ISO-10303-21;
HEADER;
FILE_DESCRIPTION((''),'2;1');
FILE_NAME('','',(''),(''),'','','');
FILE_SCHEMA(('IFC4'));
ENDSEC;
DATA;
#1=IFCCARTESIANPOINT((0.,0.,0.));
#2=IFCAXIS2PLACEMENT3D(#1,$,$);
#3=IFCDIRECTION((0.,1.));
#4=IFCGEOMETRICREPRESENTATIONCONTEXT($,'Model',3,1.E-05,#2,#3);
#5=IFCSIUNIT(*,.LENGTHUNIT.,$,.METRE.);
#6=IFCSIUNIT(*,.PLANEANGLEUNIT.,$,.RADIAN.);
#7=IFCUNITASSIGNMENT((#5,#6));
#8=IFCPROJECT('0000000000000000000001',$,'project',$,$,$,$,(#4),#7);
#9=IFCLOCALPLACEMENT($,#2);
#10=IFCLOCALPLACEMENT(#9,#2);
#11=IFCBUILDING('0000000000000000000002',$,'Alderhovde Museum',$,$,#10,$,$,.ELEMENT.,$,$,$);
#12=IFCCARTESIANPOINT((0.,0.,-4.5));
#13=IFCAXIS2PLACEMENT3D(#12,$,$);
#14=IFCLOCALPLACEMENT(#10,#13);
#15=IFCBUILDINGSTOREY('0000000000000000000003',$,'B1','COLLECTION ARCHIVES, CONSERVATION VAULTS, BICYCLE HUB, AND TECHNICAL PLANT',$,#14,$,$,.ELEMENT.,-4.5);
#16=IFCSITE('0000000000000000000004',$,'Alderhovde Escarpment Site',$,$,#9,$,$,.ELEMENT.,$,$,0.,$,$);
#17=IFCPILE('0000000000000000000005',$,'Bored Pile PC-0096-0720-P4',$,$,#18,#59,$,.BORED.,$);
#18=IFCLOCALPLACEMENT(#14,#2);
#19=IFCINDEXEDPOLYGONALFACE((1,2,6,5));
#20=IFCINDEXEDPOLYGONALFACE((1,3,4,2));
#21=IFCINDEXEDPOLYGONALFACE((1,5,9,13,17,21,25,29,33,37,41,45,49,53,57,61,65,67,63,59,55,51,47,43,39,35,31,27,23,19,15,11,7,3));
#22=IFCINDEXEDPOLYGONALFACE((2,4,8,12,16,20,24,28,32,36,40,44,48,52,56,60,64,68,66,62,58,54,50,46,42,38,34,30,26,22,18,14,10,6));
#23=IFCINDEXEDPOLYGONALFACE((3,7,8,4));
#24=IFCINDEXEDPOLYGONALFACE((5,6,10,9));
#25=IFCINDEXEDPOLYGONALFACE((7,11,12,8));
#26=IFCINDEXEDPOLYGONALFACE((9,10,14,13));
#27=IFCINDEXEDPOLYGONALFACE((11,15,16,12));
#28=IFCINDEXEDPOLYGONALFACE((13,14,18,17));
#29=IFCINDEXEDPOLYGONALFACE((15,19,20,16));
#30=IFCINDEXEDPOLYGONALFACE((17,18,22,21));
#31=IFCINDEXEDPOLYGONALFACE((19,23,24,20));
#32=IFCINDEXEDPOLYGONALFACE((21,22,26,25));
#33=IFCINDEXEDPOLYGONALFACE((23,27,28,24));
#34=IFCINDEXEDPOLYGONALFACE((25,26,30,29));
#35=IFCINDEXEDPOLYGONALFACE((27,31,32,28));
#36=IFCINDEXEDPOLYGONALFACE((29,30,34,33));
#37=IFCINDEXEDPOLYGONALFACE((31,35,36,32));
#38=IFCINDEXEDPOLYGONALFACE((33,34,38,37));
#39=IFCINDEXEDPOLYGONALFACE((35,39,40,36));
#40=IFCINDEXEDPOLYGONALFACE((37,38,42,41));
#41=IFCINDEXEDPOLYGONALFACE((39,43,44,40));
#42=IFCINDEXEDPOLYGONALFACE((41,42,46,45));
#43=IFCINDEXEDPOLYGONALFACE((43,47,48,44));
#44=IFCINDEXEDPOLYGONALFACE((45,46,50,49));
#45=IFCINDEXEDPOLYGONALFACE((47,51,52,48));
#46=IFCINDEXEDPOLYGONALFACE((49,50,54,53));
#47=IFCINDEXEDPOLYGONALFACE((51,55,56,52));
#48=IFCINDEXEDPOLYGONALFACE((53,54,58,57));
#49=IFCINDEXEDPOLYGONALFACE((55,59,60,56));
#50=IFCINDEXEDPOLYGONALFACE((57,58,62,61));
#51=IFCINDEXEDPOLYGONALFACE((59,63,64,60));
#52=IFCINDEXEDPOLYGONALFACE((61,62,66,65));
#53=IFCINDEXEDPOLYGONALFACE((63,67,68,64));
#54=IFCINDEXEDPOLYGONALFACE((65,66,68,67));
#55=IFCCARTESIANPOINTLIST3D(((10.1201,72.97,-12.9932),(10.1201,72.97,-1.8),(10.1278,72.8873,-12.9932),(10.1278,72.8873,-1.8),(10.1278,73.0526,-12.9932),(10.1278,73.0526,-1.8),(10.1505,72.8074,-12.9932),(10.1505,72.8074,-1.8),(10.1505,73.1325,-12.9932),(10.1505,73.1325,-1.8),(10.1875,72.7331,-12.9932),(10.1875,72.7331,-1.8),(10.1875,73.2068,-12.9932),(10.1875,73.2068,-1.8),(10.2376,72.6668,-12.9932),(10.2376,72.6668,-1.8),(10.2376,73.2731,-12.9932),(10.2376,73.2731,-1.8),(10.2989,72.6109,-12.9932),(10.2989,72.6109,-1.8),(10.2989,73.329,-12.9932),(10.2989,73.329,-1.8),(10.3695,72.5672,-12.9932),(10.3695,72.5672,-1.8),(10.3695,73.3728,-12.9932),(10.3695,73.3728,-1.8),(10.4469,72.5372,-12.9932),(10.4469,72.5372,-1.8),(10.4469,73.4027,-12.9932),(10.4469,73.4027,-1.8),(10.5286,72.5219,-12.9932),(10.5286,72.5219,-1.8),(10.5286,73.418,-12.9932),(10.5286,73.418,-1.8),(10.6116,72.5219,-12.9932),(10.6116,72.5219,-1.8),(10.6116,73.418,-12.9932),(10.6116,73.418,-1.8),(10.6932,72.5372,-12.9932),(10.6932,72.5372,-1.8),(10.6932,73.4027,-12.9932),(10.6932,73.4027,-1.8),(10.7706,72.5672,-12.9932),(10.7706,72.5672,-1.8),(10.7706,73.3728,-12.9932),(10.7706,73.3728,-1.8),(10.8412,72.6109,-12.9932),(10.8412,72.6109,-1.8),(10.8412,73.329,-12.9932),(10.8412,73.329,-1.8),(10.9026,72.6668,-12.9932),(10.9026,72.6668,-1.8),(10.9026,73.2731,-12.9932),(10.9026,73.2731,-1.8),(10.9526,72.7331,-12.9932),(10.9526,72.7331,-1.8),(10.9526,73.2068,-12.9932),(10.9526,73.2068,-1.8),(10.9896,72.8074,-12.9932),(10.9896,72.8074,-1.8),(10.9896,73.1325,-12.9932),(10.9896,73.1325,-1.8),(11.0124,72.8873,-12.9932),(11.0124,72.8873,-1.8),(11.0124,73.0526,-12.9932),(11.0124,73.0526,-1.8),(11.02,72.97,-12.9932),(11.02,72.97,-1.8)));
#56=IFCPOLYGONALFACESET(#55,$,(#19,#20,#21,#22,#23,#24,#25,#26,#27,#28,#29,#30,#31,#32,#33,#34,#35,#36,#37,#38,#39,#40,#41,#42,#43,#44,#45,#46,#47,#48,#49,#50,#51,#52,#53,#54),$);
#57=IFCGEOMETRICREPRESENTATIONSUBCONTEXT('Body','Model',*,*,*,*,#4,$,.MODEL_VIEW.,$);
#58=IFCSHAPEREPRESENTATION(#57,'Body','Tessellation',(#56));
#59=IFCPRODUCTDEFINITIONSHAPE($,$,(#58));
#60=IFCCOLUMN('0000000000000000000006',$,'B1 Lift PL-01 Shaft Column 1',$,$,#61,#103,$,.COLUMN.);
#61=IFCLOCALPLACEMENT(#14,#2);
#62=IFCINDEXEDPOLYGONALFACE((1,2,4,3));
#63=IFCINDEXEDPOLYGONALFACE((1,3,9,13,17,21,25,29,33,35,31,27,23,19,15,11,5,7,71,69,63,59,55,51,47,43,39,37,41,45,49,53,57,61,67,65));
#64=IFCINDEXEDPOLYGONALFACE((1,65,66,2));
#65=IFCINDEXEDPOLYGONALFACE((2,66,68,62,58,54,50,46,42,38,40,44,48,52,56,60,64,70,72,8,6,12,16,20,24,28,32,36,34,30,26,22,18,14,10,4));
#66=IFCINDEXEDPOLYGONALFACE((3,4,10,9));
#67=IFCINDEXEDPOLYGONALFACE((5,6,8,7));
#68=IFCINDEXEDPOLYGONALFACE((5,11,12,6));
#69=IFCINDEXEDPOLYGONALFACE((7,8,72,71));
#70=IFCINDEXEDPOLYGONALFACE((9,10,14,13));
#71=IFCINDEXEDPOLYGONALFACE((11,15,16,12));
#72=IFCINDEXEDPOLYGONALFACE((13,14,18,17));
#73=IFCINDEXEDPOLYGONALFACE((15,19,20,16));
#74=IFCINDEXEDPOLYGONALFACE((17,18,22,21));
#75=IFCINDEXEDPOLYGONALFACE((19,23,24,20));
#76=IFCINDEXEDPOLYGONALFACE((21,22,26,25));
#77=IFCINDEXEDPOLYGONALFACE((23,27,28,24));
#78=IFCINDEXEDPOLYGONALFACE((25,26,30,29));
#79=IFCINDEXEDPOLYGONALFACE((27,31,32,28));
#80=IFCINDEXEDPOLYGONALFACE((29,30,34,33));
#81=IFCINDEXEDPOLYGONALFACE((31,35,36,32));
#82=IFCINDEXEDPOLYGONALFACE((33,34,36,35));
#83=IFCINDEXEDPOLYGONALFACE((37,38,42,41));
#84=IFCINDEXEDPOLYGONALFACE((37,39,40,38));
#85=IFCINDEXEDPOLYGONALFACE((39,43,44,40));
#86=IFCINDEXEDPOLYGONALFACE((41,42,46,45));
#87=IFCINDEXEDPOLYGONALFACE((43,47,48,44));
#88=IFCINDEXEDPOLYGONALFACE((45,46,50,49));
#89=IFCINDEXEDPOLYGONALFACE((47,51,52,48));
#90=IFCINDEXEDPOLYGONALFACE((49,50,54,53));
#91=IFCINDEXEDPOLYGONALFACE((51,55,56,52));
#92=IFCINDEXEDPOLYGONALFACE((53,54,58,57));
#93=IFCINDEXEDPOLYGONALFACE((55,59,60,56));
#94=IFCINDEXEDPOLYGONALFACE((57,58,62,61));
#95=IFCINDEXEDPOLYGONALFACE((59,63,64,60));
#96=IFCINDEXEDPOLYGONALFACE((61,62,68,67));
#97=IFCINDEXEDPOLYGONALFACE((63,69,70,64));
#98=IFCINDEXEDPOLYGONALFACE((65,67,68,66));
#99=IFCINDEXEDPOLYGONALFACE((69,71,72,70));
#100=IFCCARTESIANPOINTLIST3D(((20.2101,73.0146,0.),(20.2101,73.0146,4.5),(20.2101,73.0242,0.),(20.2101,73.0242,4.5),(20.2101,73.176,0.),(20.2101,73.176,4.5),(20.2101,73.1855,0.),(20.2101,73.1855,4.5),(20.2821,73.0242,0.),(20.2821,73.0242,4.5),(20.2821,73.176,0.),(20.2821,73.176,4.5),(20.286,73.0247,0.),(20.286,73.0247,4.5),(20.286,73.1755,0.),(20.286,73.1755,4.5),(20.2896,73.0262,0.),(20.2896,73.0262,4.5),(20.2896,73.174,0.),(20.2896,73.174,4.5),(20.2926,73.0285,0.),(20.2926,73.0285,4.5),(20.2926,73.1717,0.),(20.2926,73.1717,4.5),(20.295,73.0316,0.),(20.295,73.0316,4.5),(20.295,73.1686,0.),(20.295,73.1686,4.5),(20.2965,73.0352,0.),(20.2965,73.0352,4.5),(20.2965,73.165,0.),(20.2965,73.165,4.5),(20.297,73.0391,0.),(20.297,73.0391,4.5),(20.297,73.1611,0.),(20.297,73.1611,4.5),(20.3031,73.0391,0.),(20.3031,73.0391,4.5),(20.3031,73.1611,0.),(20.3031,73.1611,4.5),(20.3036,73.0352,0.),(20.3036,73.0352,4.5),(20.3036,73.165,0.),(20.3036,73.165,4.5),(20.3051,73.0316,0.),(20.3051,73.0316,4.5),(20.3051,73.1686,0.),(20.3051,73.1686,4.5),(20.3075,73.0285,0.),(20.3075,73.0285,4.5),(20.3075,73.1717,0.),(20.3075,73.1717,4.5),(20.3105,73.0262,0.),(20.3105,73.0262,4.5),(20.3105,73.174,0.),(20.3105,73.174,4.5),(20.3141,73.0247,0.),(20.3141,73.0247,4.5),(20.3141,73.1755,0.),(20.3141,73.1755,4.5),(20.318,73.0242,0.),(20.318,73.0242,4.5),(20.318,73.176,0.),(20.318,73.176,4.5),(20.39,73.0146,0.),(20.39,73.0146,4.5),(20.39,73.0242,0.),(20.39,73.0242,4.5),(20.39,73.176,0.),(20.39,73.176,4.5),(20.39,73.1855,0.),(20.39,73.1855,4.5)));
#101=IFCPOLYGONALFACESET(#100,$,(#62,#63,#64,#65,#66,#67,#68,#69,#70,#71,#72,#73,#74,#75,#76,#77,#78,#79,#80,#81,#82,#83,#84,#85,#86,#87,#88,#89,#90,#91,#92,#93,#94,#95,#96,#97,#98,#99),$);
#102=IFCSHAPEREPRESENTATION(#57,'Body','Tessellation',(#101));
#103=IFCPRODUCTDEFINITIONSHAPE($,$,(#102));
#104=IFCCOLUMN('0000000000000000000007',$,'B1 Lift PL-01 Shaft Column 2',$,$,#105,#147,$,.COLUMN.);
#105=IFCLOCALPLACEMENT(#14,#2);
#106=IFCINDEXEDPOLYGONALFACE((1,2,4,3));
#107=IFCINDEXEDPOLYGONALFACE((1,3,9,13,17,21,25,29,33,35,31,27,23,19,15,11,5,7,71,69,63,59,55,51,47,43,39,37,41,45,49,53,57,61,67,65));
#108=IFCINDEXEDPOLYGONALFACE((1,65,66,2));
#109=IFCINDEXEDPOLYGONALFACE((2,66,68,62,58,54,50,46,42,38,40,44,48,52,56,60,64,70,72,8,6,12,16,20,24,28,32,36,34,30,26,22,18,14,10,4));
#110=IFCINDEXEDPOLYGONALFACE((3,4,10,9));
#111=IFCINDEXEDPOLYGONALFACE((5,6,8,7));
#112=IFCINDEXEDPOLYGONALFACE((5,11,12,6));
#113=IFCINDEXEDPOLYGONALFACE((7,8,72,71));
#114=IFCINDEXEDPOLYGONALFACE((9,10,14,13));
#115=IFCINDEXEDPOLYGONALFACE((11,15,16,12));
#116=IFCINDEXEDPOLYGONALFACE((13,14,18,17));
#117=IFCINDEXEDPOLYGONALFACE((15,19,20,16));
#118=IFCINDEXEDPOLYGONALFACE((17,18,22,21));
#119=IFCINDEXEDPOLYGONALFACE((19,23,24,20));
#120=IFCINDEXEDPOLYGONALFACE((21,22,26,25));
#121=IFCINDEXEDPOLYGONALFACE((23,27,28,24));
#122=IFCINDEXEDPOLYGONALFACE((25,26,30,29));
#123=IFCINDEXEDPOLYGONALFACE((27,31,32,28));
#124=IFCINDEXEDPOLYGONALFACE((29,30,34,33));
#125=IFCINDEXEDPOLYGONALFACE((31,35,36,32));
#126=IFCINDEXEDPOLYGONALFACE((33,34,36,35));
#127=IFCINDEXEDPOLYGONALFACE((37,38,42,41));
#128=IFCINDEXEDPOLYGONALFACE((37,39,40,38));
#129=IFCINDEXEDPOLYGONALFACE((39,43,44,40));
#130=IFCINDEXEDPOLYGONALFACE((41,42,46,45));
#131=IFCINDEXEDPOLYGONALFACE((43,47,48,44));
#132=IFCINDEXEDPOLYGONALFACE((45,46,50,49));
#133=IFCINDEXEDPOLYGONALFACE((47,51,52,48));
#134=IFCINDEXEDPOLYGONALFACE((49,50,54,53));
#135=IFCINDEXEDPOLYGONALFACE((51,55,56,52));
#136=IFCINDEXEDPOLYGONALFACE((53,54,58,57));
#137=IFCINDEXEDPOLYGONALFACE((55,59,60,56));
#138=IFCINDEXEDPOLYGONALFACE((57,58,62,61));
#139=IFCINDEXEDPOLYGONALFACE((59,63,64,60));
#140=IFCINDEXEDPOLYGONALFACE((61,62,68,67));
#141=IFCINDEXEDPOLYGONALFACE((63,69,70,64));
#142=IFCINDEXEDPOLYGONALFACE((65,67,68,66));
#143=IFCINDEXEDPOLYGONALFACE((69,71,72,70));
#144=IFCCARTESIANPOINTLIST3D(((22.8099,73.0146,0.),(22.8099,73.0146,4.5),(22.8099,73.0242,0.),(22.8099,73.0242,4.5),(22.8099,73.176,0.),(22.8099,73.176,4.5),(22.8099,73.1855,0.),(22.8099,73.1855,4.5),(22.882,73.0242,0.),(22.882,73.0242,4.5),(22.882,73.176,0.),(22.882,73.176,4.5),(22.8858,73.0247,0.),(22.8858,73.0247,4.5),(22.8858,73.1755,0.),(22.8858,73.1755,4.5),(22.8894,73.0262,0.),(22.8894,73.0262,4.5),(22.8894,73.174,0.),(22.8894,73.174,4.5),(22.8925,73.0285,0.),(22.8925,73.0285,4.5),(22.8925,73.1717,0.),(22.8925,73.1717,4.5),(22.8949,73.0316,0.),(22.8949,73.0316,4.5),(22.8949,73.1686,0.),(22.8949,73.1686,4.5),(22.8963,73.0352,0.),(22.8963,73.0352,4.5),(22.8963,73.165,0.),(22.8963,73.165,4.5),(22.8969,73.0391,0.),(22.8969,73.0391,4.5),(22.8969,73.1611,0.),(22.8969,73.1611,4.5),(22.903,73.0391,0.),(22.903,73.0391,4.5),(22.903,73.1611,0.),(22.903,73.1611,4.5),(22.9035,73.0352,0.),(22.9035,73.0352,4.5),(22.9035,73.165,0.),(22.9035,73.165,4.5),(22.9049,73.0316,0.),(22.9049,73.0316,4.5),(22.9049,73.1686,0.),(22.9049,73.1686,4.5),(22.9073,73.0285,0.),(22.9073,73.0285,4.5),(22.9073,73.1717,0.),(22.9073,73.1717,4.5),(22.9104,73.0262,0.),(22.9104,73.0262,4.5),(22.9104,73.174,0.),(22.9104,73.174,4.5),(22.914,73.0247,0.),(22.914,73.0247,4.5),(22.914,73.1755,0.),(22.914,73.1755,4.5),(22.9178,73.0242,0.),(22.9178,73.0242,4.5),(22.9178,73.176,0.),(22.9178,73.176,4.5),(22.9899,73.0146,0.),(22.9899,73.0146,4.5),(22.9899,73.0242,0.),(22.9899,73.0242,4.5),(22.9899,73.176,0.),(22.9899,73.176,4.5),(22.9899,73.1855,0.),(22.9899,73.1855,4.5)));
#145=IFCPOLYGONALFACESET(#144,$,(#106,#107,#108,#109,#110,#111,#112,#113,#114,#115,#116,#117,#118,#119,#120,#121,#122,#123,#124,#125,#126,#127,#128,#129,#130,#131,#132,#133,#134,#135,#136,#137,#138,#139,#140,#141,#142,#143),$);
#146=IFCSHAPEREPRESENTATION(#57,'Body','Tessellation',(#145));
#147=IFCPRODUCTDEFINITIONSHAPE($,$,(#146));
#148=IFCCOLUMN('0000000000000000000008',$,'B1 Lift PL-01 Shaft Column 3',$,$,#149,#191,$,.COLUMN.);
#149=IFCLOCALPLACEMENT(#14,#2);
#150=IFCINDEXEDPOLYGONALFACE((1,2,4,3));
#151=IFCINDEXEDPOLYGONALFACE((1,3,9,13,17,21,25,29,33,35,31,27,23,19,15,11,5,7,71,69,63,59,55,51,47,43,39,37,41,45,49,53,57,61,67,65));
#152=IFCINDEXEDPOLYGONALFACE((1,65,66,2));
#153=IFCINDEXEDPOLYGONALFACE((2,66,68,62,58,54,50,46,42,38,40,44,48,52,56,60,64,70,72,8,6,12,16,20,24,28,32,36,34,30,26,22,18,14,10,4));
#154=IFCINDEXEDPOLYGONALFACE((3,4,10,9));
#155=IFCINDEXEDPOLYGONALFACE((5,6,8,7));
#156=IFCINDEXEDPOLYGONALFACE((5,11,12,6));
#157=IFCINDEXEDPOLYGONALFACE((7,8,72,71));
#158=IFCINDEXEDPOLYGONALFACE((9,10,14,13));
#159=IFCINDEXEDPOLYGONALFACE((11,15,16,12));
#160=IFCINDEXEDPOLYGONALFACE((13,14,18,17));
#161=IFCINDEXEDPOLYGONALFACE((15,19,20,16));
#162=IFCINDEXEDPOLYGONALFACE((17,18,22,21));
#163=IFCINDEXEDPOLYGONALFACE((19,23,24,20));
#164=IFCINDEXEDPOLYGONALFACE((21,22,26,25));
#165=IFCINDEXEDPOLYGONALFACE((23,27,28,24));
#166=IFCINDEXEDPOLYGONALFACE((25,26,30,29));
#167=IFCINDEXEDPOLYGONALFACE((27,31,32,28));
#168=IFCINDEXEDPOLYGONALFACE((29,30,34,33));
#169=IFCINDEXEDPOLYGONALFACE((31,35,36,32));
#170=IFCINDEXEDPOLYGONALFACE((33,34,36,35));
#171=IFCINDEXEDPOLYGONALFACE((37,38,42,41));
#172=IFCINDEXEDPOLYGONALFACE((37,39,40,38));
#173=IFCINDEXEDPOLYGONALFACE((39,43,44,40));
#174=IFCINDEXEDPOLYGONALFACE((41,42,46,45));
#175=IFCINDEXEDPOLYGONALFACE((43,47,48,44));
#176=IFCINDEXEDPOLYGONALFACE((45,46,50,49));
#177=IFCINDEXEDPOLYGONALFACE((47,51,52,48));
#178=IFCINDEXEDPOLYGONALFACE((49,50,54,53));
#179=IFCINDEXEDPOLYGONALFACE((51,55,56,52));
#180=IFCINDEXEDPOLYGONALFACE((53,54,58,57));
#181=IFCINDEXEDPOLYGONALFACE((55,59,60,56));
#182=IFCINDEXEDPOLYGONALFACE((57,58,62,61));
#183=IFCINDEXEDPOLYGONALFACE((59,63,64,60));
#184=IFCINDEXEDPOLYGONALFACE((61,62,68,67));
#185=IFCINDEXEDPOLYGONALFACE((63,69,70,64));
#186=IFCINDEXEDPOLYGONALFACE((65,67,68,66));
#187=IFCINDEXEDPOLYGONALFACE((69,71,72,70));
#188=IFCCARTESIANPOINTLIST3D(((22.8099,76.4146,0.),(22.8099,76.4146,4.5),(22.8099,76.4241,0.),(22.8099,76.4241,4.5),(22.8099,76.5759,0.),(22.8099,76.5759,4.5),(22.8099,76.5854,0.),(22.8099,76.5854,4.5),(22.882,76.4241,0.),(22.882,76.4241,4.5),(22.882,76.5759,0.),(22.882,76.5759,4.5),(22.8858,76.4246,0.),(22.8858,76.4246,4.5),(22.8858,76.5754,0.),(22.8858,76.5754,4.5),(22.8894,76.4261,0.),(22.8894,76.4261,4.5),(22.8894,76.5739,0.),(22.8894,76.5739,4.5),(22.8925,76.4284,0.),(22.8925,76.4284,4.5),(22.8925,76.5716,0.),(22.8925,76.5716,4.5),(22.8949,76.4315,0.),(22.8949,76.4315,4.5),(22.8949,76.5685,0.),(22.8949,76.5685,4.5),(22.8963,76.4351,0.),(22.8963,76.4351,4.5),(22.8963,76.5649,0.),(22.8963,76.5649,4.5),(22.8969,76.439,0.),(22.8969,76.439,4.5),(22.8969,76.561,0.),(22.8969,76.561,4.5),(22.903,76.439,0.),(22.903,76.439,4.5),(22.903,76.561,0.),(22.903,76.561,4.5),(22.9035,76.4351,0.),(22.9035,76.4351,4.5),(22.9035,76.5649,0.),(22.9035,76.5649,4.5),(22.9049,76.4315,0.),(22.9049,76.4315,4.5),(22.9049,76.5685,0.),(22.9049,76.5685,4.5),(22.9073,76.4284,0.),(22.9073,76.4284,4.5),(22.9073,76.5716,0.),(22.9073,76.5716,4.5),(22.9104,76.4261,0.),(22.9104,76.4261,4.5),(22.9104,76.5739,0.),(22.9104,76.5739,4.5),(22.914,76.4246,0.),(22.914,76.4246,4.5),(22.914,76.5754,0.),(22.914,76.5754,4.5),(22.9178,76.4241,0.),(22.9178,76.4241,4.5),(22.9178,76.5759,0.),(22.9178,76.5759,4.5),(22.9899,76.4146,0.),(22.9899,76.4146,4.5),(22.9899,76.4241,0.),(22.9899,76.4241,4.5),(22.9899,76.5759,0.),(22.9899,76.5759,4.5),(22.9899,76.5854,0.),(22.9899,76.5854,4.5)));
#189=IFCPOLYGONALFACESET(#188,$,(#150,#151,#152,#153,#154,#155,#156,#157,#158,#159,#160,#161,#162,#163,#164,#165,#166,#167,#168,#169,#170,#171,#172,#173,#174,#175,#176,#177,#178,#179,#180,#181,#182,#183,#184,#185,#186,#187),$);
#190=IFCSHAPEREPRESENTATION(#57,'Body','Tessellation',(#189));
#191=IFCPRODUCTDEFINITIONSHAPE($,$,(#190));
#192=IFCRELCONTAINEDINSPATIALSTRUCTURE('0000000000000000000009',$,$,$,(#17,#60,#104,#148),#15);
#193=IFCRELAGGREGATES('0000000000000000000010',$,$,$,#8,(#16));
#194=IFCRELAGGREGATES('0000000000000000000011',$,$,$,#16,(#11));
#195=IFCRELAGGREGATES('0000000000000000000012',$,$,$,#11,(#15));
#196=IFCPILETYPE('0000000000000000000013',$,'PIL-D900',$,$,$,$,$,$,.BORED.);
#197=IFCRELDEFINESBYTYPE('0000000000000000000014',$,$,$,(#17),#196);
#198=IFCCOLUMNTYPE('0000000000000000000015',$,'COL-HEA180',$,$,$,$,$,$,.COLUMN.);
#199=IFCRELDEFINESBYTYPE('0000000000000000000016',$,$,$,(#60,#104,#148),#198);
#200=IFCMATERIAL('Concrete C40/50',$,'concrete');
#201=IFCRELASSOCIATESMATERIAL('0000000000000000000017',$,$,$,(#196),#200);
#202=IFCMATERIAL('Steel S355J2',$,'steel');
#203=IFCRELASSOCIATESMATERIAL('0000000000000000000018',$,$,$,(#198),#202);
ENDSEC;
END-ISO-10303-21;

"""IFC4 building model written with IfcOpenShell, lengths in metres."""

from ifc_helpers import new_model, si_unit, direction, frame, origin, origin_2d, place, context, subcontext, project, spatial, circle, i_section, extrude, material, material_profile, profile_set, type_object, element, save


model = new_model("IFC4")

# Units and contexts
model_context = context("Model", 3, precision=1e-05, world=origin(), true_north=direction((0.0, 1.0)))
body_context = subcontext(model_context, "Body", "Model", "MODEL_VIEW")
ifc_project = project(units=[si_unit("LENGTHUNIT", "METRE"), si_unit("PLANEANGLEUNIT", "RADIAN")], contexts=[model_context])

# Site, building, storey
site_placement = place(None, origin())
site = spatial("IfcSite", under=ifc_project, at=site_placement, Name="Alderhovde Escarpment Site", CompositionType="ELEMENT", RefElevation=0.0)
building_placement = place(site_placement, origin())
building = spatial("IfcBuilding", under=site, at=building_placement, Name="Alderhovde Museum", CompositionType="ELEMENT")
storey_placement = place(building_placement, frame((0.0, 0.0, -4.5)))
storey = spatial("IfcBuildingStorey", under=building, at=storey_placement, Name="B1", Description="COLLECTION ARCHIVES, CONSERVATION VAULTS, BICYCLE HUB, AND TECHNICAL PLANT", CompositionType="ELEMENT", Elevation=-4.5)

# Pile
ifc_material_1 = material(Name="Concrete C40/50", Category="concrete")
ifc_material_profile_1 = material_profile(ifc_material_1, circle(Radius=0.45, at=origin_2d()), Name="PILE-D900")
ifc_profile_set_1 = profile_set([ifc_material_profile_1], Name="Concrete C40/50")
pile_type_1 = type_object("IfcPileType", Name="PIL-D900", PredefinedType="BORED", material=ifc_profile_set_1)
for number, where, z_axis, x_axis, name in (
    (1, (10.5701, 72.97, -1.8), (0.0, 0.0, -1.0), (1.0, 0.0, 0.0), "Bored Pile PC-0096-0720-P4"),
):
    element("IfcPile", number, at=place(storey_placement, frame(where, z_axis=z_axis, x_axis=x_axis)), inside=storey, type_object=pile_type_1, Name=name, PredefinedType="BORED", context=body_context, shape_type="SweptSolid", body=[
        extrude(circle(Radius=0.45, at=origin_2d()), origin(), (0.0, 0.0, 1.0), 11.1931),
    ])

# Columns
ifc_material_2 = material(Name="Steel S355J2", Category="steel")
ifc_material_profile_2 = material_profile(ifc_material_2, i_section(OverallWidth=0.1799, OverallDepth=0.1709, WebThickness=0.0061, FlangeThickness=0.0095, FilletRadius=0.0149, at=origin_2d()), Name="HEA 180")
ifc_profile_set_2 = profile_set([ifc_material_profile_2], Name="Steel S355J2")
column_type = type_object("IfcColumnType", Name="COL-HEA180", PredefinedType="COLUMN", material=ifc_profile_set_2)
for number, where, z_axis, x_axis, name in (
    (2, (20.3, 73.1001, 0.0), (0.0, 0.0, 1.0), (1.0, 0.0, 0.0), "B1 Lift PL-01 Shaft Column 1"),
    (3, (22.8999, 73.1001, 0.0), (0.0, 0.0, 1.0), (1.0, 0.0, 0.0), "B1 Lift PL-01 Shaft Column 2"),
    (4, (22.8999, 76.5, 0.0), (0.0, 0.0, 1.0), (1.0, 0.0, 0.0), "B1 Lift PL-01 Shaft Column 3"),
):
    element("IfcColumn", number, at=place(storey_placement, frame(where, z_axis=z_axis, x_axis=x_axis)), inside=storey, type_object=column_type, Name=name, PredefinedType="COLUMN", context=body_context, shape_type="SweptSolid", body=[
        extrude(i_section(OverallWidth=0.1799, OverallDepth=0.1709, WebThickness=0.0061, FlangeThickness=0.0095, FilletRadius=0.0149, at=origin_2d()), origin(), (0.0, 0.0, 1.0), 4.5),
    ])

save(model, "model.ifc")
